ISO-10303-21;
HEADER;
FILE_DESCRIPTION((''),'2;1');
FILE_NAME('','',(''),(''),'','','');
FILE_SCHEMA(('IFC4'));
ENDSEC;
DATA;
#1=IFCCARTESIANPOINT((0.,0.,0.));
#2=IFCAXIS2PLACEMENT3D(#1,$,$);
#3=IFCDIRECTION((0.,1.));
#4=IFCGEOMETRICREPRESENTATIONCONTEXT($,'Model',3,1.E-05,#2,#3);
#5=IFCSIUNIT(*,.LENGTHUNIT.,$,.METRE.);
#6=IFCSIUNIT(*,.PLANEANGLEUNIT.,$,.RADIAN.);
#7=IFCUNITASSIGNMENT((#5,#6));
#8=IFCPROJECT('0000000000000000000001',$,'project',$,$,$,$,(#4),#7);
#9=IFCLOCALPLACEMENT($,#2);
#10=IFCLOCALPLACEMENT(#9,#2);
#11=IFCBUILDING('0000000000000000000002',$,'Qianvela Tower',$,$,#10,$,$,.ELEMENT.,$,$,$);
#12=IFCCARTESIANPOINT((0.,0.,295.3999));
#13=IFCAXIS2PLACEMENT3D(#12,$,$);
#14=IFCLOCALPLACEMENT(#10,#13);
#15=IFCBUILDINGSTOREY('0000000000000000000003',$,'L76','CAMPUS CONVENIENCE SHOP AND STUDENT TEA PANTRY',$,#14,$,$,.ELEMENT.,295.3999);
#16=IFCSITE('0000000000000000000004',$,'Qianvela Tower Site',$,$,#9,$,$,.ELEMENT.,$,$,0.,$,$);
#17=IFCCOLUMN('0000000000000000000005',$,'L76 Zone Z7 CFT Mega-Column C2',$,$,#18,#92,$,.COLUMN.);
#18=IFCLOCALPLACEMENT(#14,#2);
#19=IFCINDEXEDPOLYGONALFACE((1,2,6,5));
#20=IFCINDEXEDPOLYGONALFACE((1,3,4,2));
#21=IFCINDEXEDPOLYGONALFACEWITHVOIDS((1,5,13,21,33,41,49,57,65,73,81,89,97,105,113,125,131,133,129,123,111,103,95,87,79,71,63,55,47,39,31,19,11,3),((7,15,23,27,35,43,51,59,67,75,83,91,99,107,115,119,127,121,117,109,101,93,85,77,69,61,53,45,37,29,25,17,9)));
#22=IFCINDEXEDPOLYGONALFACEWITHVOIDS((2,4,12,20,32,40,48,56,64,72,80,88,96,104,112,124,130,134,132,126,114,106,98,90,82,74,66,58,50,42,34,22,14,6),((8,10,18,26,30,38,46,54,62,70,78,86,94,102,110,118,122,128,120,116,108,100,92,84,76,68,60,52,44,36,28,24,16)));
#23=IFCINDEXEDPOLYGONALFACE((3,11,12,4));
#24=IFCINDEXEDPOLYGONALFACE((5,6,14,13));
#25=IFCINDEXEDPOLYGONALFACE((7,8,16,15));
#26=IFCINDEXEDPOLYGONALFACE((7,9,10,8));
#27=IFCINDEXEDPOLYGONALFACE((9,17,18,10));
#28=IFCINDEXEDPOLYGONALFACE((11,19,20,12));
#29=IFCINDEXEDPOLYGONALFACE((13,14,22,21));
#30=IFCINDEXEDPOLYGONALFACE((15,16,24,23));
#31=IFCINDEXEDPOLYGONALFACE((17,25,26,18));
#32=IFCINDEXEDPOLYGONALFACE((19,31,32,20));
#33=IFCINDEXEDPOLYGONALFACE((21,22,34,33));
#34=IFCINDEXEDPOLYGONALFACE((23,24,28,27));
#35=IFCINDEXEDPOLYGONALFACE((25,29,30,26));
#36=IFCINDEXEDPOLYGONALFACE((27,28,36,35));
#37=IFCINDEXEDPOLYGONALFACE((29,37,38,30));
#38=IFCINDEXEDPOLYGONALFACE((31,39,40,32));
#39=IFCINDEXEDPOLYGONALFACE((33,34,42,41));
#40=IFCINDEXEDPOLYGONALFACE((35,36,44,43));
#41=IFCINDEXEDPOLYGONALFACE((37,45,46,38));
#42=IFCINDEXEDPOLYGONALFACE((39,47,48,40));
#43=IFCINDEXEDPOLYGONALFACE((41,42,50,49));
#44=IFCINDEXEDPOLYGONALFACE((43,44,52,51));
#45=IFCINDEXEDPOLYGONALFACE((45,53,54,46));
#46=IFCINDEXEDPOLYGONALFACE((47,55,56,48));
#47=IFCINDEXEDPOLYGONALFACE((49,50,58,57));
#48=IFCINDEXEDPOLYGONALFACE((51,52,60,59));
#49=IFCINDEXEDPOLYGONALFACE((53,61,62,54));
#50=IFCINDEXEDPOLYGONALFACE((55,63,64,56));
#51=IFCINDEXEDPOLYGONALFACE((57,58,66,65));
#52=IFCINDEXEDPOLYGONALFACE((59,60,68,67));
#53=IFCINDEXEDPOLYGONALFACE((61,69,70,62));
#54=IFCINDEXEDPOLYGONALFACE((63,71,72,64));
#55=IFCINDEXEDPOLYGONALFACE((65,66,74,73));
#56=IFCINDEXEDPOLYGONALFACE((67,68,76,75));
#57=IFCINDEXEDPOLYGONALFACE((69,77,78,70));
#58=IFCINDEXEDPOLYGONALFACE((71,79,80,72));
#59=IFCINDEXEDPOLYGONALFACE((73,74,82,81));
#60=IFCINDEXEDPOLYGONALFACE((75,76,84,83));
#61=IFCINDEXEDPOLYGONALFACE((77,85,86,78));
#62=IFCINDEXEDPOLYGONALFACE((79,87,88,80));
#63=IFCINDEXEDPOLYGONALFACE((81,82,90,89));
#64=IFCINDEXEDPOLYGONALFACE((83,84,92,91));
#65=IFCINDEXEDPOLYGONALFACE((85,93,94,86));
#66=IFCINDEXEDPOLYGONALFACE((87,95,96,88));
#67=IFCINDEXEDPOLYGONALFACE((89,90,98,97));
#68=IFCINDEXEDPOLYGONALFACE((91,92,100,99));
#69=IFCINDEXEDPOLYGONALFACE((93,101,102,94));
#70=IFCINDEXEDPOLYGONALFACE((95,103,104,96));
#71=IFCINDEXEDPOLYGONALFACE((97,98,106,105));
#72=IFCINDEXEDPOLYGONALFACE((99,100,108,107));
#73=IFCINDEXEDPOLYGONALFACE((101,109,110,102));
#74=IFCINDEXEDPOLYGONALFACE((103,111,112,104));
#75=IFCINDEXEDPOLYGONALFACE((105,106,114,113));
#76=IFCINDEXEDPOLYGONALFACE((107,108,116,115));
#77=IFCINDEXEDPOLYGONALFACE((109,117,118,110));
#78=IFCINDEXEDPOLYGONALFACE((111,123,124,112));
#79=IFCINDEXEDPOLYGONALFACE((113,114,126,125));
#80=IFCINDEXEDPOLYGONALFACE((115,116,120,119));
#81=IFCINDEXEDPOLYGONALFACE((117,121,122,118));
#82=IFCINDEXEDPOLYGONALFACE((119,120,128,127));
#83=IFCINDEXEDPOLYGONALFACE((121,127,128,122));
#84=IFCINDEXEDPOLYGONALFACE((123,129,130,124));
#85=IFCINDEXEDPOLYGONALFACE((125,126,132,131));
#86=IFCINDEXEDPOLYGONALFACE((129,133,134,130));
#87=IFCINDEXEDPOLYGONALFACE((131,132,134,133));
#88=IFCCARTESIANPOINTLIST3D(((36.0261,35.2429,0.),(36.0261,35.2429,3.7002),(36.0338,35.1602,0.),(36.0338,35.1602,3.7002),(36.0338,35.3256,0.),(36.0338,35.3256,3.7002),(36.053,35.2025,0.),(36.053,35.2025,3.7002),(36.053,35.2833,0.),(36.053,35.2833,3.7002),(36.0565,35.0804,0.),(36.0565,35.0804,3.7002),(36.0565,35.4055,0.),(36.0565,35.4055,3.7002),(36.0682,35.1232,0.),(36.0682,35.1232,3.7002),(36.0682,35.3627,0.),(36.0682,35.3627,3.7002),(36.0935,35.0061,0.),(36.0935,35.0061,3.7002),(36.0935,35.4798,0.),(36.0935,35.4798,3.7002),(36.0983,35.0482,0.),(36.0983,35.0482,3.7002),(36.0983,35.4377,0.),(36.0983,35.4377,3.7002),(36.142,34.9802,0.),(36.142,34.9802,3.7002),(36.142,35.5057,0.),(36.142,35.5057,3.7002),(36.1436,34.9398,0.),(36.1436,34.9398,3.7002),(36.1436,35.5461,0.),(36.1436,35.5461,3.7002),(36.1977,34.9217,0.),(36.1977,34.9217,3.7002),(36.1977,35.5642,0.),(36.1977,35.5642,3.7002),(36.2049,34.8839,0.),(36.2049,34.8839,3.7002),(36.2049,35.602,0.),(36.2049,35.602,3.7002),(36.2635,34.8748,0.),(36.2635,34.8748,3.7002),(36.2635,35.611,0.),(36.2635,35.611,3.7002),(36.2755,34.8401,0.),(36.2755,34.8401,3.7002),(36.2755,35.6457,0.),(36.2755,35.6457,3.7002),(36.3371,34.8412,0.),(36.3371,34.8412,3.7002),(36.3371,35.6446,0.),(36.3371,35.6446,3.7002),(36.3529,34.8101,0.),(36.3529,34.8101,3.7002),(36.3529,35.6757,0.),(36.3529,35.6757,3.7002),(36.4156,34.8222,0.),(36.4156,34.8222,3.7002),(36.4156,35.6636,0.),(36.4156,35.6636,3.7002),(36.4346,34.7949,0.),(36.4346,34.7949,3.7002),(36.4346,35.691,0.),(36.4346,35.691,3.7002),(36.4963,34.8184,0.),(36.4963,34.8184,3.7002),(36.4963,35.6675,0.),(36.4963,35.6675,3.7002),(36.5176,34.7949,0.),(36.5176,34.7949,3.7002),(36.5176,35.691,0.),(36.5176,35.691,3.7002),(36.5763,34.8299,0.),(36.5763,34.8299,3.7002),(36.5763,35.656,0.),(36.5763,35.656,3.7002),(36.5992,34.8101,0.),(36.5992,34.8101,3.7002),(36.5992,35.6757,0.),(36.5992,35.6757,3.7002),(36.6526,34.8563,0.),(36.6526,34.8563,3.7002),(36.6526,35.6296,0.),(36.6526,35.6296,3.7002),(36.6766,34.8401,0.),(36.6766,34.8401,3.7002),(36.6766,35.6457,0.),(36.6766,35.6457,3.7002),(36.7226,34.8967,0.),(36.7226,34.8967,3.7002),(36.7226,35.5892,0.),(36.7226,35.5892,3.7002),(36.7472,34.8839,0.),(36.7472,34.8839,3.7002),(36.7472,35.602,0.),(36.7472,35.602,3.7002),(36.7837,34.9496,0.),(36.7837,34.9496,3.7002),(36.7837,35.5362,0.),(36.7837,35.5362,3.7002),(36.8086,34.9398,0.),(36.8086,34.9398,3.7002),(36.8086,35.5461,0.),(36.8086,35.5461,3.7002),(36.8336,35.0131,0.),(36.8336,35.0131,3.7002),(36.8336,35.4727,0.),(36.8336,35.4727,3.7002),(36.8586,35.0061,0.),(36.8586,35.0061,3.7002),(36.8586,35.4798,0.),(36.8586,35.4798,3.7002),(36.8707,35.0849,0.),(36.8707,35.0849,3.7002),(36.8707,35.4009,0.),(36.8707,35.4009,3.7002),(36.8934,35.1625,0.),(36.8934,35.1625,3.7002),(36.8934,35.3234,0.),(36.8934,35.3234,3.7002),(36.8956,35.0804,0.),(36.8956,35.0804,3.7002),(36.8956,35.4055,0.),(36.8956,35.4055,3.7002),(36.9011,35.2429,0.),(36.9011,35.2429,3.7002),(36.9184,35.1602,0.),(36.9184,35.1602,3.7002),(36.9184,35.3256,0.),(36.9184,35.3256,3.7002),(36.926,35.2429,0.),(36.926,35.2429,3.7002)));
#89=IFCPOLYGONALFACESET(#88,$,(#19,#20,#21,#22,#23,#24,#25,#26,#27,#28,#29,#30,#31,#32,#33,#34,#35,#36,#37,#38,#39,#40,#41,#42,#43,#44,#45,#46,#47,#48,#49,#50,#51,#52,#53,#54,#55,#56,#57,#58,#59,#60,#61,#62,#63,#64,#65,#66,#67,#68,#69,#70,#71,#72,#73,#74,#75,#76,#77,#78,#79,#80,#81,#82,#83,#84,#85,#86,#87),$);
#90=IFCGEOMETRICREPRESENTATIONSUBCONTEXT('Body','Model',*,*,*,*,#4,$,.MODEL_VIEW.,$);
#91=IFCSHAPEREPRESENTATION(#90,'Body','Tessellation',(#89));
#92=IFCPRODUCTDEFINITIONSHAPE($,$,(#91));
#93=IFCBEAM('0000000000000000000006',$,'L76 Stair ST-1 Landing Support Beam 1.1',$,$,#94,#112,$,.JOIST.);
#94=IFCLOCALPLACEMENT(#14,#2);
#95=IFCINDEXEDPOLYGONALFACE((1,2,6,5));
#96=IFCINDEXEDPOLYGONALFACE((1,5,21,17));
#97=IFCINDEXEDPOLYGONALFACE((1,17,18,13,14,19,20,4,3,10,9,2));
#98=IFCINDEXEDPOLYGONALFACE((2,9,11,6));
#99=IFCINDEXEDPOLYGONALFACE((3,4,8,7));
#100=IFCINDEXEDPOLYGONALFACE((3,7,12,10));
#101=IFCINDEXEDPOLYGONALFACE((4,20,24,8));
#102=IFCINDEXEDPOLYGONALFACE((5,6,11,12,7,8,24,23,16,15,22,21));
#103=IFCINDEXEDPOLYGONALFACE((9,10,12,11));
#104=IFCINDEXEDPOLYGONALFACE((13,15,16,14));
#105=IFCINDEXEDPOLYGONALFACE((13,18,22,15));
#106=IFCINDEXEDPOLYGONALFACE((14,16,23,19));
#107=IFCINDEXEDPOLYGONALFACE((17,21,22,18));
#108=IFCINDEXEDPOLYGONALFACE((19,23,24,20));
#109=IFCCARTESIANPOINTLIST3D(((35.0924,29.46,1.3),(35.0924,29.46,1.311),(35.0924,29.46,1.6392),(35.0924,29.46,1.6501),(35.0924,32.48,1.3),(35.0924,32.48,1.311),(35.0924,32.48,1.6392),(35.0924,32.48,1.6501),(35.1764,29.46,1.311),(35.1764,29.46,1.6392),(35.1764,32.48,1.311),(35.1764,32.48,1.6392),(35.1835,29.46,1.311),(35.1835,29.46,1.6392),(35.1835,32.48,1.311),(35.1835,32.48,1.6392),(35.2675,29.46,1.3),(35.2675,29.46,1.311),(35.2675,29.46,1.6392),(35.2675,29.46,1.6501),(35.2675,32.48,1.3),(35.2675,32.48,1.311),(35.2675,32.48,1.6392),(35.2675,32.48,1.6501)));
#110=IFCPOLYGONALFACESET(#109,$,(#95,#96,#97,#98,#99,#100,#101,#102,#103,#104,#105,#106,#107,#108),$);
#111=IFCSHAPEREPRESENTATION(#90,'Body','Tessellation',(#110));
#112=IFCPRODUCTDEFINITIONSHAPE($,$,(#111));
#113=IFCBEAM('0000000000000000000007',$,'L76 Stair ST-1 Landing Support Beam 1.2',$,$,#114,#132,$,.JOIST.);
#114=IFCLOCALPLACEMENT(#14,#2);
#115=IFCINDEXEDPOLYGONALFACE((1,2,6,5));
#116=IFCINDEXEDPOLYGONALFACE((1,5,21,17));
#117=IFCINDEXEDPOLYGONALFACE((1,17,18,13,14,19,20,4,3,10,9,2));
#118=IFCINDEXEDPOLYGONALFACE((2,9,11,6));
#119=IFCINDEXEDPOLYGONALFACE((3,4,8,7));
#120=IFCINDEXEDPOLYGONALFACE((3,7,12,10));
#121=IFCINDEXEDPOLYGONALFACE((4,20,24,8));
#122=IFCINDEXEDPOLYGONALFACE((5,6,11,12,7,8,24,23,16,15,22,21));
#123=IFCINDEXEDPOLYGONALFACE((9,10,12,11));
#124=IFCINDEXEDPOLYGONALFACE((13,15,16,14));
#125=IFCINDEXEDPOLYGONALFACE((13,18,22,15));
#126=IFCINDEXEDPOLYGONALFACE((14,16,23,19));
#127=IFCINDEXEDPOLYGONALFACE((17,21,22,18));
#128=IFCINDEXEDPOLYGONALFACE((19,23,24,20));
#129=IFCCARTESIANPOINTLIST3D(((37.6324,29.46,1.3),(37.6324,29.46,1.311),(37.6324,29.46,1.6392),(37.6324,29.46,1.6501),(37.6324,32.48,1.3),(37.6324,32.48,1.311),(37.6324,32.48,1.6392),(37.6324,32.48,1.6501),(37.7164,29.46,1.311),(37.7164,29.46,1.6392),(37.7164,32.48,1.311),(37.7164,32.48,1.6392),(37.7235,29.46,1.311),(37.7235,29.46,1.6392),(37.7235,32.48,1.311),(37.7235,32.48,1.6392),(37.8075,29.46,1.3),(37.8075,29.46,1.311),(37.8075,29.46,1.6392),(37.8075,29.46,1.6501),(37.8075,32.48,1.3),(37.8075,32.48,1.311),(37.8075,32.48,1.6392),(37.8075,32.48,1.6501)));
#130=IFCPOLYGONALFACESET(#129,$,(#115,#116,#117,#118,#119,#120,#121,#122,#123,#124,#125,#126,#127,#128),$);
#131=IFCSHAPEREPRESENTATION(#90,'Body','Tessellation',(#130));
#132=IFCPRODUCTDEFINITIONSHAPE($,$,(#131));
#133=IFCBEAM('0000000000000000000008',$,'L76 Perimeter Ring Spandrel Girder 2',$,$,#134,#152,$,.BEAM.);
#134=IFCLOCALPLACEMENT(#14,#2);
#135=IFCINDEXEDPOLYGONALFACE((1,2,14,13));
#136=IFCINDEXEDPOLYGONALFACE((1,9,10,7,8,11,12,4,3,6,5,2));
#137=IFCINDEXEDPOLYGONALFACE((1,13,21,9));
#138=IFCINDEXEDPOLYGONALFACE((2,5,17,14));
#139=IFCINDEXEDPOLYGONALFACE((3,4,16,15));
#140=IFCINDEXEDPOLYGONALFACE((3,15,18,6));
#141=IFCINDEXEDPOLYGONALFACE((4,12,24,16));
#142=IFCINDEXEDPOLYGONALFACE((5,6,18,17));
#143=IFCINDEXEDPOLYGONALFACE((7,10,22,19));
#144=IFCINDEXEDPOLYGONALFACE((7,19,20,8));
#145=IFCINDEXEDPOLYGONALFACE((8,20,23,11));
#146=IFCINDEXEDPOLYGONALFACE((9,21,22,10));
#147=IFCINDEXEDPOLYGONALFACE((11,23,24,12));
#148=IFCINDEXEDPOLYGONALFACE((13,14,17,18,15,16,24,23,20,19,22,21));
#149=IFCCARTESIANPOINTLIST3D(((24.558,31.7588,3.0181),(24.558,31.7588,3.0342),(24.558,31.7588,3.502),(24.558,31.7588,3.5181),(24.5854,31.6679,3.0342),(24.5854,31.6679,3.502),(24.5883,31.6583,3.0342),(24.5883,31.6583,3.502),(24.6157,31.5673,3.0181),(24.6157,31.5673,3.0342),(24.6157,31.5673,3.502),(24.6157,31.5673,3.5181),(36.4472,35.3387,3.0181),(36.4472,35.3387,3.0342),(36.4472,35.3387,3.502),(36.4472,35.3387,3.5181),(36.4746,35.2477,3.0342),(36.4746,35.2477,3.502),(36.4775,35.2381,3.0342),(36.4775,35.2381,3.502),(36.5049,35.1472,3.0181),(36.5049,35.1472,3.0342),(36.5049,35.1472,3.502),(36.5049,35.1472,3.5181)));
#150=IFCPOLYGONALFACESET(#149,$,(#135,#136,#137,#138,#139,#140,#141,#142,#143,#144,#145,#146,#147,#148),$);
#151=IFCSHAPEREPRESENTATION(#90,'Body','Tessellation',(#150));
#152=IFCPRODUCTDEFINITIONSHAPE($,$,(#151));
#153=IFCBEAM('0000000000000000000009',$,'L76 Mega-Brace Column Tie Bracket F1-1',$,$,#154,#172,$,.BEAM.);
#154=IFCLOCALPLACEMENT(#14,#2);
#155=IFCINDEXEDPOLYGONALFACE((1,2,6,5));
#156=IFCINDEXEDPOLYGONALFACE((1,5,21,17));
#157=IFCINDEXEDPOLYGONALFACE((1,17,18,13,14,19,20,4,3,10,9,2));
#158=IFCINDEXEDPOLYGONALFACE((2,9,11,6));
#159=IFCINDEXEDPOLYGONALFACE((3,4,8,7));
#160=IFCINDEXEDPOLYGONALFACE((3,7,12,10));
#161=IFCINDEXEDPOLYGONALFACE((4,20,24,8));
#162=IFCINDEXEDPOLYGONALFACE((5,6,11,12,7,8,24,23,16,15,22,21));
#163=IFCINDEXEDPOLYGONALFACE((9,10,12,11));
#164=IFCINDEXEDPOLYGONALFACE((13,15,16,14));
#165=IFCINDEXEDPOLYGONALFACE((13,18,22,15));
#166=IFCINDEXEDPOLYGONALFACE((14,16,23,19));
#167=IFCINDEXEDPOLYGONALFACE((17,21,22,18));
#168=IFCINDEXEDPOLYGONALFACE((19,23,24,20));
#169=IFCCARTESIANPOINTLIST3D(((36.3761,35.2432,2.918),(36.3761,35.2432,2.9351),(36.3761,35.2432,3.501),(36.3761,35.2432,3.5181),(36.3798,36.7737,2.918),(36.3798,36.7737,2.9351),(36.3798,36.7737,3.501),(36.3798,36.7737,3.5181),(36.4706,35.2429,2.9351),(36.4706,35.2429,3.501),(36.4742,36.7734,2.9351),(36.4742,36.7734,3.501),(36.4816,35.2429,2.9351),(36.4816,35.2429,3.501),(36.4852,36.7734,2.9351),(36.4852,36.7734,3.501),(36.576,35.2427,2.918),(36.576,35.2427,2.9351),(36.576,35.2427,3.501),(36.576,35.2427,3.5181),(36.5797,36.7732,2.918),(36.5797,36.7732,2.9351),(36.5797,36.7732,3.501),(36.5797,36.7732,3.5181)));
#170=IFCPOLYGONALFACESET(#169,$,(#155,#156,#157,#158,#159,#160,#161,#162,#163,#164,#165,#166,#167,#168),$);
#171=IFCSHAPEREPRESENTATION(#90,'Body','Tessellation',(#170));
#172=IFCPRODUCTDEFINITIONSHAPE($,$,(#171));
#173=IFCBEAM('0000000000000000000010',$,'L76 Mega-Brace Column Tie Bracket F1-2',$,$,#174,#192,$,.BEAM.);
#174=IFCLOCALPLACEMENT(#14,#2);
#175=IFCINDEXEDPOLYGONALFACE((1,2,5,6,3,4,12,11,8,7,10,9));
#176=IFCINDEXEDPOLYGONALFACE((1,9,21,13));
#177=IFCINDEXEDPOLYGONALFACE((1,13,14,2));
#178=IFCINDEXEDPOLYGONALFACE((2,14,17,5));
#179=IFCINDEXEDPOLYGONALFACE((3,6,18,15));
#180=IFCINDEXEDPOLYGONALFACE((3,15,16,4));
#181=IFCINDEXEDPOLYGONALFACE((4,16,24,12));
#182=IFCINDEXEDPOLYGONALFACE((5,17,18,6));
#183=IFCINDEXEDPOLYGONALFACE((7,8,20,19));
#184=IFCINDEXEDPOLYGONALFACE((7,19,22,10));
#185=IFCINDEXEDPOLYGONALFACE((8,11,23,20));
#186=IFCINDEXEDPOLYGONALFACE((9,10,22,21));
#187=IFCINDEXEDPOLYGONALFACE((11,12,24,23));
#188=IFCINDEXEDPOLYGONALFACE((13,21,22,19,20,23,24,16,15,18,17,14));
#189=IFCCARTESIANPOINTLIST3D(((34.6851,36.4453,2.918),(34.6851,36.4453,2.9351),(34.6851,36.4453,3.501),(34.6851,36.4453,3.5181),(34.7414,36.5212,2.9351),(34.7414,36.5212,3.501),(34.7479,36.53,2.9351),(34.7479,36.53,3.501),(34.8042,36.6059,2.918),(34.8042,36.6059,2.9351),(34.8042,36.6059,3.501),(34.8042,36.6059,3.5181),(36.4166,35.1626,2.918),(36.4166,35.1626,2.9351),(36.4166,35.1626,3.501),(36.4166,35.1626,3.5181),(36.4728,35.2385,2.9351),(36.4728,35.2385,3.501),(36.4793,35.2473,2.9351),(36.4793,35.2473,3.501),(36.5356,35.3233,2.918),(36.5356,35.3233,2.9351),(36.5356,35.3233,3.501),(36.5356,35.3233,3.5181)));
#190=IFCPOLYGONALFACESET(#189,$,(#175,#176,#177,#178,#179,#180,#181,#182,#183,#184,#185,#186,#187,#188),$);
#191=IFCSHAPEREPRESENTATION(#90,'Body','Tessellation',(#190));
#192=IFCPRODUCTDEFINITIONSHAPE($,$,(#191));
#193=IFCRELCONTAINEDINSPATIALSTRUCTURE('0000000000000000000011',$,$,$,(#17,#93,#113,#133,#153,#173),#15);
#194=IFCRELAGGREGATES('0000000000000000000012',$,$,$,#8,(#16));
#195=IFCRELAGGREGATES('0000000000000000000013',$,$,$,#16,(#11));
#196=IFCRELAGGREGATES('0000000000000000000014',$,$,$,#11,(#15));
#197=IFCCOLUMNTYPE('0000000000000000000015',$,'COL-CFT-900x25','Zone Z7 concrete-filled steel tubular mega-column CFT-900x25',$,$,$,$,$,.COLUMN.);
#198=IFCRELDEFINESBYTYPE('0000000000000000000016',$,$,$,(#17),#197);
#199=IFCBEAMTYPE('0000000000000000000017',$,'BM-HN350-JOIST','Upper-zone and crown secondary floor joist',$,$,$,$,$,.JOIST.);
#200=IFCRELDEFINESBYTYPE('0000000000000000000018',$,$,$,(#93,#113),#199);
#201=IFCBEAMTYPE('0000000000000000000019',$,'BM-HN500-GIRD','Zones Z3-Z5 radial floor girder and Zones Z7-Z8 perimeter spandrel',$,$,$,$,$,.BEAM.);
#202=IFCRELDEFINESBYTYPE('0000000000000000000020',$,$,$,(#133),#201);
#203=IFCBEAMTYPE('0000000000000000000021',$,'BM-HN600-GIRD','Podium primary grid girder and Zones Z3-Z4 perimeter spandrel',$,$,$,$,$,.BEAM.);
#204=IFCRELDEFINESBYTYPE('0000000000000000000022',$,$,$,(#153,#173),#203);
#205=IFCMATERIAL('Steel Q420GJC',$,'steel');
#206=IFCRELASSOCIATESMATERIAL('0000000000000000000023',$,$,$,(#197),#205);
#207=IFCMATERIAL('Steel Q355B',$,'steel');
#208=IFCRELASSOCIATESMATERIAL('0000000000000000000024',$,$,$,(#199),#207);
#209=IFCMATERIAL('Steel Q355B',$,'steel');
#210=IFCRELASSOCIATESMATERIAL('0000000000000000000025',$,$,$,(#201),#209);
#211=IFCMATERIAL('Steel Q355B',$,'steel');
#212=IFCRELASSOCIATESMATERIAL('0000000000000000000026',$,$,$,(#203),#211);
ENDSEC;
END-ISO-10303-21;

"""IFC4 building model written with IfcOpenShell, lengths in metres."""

from ifc_helpers import new_model, si_unit, direction, frame, origin, origin_2d, place, context, subcontext, project, spatial, hollow_circle, i_section, extrude, material, material_profile, profile_set, type_object, element, save


model = new_model("IFC4")

# Units and contexts
model_context = context("Model", 3, precision=1e-05, world=origin(), true_north=direction((0.0, 1.0)))
body_context = subcontext(model_context, "Body", "Model", "MODEL_VIEW")
ifc_project = project(units=[si_unit("LENGTHUNIT", "METRE"), si_unit("PLANEANGLEUNIT", "RADIAN")], contexts=[model_context])

# Site, building, storey
site_placement = place(None, origin())
site = spatial("IfcSite", under=ifc_project, at=site_placement, Name="Qianvela Tower Site", CompositionType="ELEMENT", RefElevation=0.0)
building_placement = place(site_placement, origin())
building = spatial("IfcBuilding", under=site, at=building_placement, Name="Qianvela Tower", CompositionType="ELEMENT")
storey_placement = place(building_placement, frame((0.0, 0.0, 295.3999)))
storey = spatial("IfcBuildingStorey", under=building, at=storey_placement, Name="L76", Description="CAMPUS CONVENIENCE SHOP AND STUDENT TEA PANTRY", CompositionType="ELEMENT", Elevation=295.3999)

# Column
ifc_material_1 = material(Name="Steel Q420GJC", Category="steel")
ifc_material_profile_1 = material_profile(ifc_material_1, hollow_circle(Radius=0.45, WallThickness=0.0249, at=origin_2d()), Name="CFT-900x25")
ifc_profile_set_1 = profile_set([ifc_material_profile_1], Name="Steel Q420GJC")
column_type = type_object("IfcColumnType", Name="COL-CFT-900x25", Description="Zone Z7 concrete-filled steel tubular mega-column CFT-900x25", PredefinedType="COLUMN", material=ifc_profile_set_1)
column_placement = place(storey_placement, frame((36.4761, 35.2429, 0.0), z_axis=(0.0, 0.0, 1.0), x_axis=(1.0, 0.0, 0.0)))
element("IfcColumn", 1, at=column_placement, inside=storey, type_object=column_type, Name="L76 Zone Z7 CFT Mega-Column C2", PredefinedType="COLUMN", context=body_context, shape_type="SweptSolid", body=[
    extrude(hollow_circle(Radius=0.45, WallThickness=0.0249, at=origin_2d()), origin(), (0.0, 0.0, 1.0), 3.7002),
])

# Beams
ifc_material_2 = material(Name="Steel Q355B", Category="steel")
ifc_material_profile_2 = material_profile(ifc_material_2, i_section(OverallWidth=0.175, OverallDepth=0.3501, WebThickness=0.0071, FlangeThickness=0.011, at=origin_2d()), Name="HN350x175x7x11")
ifc_profile_set_2 = profile_set([ifc_material_profile_2], Name="Steel Q355B")
beam_type_1 = type_object("IfcBeamType", Name="BM-HN350-JOIST", Description="Upper-zone and crown secondary floor joist", PredefinedType="JOIST", material=ifc_profile_set_2)
for number, where, z_axis, x_axis, name in (
    (2, (35.1799, 29.46, 1.4751), (0.0, 1.0, 0.0), (-1.0, 0.0, 0.0), "L76 Stair ST-1 Landing Support Beam 1.1"),
    (3, (37.72, 29.46, 1.4751), (0.0, 1.0, 0.0), (-1.0, 0.0, 0.0), "L76 Stair ST-1 Landing Support Beam 1.2"),
):
    element("IfcBeam", number, at=place(storey_placement, frame(where, z_axis=z_axis, x_axis=x_axis)), inside=storey, type_object=beam_type_1, Name=name, PredefinedType="JOIST", context=body_context, shape_type="SweptSolid", body=[
        extrude(i_section(OverallWidth=0.175, OverallDepth=0.3501, WebThickness=0.0071, FlangeThickness=0.011, at=origin_2d()), origin(), (0.0, 0.0, 1.0), 3.02),
    ])
ifc_material_3 = material(Name="Steel Q355B", Category="steel")
ifc_material_profile_3 = material_profile(ifc_material_3, i_section(OverallWidth=0.2, OverallDepth=0.5, WebThickness=0.01, FlangeThickness=0.0161, at=origin_2d()), Name="HN500x200x10x16")
ifc_profile_set_3 = profile_set([ifc_material_profile_3], Name="Steel Q355B")
beam_type_2 = type_object("IfcBeamType", Name="BM-HN500-GIRD", Description="Zones Z3-Z5 radial floor girder and Zones Z7-Z8 perimeter spandrel", PredefinedType="BEAM", material=ifc_profile_set_3)
beam_1_placement = place(storey_placement, frame((36.4761, 35.2429, 3.2681), z_axis=(-0.957536, -0.288315, 0.0), x_axis=(0.288315, -0.957536, 0.0)))
element("IfcBeam", 4, at=beam_1_placement, inside=storey, type_object=beam_type_2, Name="L76 Perimeter Ring Spandrel Girder 2", PredefinedType="BEAM", context=body_context, shape_type="SweptSolid", body=[
    extrude(i_section(OverallWidth=0.2, OverallDepth=0.5, WebThickness=0.01, FlangeThickness=0.0161, at=origin_2d()), origin(), (0.0, 0.0, 1.0), 12.4165),
])
ifc_material_4 = material(Name="Steel Q355B", Category="steel")
ifc_material_profile_4 = material_profile(ifc_material_4, i_section(OverallWidth=0.2, OverallDepth=0.6001, WebThickness=0.011, FlangeThickness=0.0171, at=origin_2d()), Name="HN600x200x11x17")
ifc_profile_set_4 = profile_set([ifc_material_profile_4], Name="Steel Q355B")
beam_type_3 = type_object("IfcBeamType", Name="BM-HN600-GIRD", Description="Podium primary grid girder and Zones Z3-Z4 perimeter spandrel", PredefinedType="BEAM", material=ifc_profile_set_4)
beam_2_placement = place(storey_placement, frame((36.4761, 35.2429, 3.218), z_axis=(0.002393, 0.999997, 0.0), x_axis=(-0.999997, 0.002393, 0.0)))
element("IfcBeam", 5, at=beam_2_placement, inside=storey, type_object=beam_type_3, Name="L76 Mega-Brace Column Tie Bracket F1-1", PredefinedType="BEAM", context=body_context, shape_type="SweptSolid", body=[
    extrude(i_section(OverallWidth=0.2, OverallDepth=0.6001, WebThickness=0.011, FlangeThickness=0.0171, at=origin_2d()), origin(), (0.0, 0.0, 1.0), 1.5305),
])
beam_3_placement = place(storey_placement, frame((36.4761, 35.2429, 3.218), z_axis=(-0.803521, 0.595276, 0.0), x_axis=(-0.595276, -0.803521, 0.0)))
element("IfcBeam", 6, at=beam_3_placement, inside=storey, type_object=beam_type_3, Name="L76 Mega-Brace Column Tie Bracket F1-2", PredefinedType="BEAM", context=body_context, shape_type="SweptSolid", body=[
    extrude(i_section(OverallWidth=0.2, OverallDepth=0.6001, WebThickness=0.011, FlangeThickness=0.0171, at=origin_2d()), origin(), (0.0, 0.0, 1.0), 2.1548),
])

save(model, "model.ifc")
